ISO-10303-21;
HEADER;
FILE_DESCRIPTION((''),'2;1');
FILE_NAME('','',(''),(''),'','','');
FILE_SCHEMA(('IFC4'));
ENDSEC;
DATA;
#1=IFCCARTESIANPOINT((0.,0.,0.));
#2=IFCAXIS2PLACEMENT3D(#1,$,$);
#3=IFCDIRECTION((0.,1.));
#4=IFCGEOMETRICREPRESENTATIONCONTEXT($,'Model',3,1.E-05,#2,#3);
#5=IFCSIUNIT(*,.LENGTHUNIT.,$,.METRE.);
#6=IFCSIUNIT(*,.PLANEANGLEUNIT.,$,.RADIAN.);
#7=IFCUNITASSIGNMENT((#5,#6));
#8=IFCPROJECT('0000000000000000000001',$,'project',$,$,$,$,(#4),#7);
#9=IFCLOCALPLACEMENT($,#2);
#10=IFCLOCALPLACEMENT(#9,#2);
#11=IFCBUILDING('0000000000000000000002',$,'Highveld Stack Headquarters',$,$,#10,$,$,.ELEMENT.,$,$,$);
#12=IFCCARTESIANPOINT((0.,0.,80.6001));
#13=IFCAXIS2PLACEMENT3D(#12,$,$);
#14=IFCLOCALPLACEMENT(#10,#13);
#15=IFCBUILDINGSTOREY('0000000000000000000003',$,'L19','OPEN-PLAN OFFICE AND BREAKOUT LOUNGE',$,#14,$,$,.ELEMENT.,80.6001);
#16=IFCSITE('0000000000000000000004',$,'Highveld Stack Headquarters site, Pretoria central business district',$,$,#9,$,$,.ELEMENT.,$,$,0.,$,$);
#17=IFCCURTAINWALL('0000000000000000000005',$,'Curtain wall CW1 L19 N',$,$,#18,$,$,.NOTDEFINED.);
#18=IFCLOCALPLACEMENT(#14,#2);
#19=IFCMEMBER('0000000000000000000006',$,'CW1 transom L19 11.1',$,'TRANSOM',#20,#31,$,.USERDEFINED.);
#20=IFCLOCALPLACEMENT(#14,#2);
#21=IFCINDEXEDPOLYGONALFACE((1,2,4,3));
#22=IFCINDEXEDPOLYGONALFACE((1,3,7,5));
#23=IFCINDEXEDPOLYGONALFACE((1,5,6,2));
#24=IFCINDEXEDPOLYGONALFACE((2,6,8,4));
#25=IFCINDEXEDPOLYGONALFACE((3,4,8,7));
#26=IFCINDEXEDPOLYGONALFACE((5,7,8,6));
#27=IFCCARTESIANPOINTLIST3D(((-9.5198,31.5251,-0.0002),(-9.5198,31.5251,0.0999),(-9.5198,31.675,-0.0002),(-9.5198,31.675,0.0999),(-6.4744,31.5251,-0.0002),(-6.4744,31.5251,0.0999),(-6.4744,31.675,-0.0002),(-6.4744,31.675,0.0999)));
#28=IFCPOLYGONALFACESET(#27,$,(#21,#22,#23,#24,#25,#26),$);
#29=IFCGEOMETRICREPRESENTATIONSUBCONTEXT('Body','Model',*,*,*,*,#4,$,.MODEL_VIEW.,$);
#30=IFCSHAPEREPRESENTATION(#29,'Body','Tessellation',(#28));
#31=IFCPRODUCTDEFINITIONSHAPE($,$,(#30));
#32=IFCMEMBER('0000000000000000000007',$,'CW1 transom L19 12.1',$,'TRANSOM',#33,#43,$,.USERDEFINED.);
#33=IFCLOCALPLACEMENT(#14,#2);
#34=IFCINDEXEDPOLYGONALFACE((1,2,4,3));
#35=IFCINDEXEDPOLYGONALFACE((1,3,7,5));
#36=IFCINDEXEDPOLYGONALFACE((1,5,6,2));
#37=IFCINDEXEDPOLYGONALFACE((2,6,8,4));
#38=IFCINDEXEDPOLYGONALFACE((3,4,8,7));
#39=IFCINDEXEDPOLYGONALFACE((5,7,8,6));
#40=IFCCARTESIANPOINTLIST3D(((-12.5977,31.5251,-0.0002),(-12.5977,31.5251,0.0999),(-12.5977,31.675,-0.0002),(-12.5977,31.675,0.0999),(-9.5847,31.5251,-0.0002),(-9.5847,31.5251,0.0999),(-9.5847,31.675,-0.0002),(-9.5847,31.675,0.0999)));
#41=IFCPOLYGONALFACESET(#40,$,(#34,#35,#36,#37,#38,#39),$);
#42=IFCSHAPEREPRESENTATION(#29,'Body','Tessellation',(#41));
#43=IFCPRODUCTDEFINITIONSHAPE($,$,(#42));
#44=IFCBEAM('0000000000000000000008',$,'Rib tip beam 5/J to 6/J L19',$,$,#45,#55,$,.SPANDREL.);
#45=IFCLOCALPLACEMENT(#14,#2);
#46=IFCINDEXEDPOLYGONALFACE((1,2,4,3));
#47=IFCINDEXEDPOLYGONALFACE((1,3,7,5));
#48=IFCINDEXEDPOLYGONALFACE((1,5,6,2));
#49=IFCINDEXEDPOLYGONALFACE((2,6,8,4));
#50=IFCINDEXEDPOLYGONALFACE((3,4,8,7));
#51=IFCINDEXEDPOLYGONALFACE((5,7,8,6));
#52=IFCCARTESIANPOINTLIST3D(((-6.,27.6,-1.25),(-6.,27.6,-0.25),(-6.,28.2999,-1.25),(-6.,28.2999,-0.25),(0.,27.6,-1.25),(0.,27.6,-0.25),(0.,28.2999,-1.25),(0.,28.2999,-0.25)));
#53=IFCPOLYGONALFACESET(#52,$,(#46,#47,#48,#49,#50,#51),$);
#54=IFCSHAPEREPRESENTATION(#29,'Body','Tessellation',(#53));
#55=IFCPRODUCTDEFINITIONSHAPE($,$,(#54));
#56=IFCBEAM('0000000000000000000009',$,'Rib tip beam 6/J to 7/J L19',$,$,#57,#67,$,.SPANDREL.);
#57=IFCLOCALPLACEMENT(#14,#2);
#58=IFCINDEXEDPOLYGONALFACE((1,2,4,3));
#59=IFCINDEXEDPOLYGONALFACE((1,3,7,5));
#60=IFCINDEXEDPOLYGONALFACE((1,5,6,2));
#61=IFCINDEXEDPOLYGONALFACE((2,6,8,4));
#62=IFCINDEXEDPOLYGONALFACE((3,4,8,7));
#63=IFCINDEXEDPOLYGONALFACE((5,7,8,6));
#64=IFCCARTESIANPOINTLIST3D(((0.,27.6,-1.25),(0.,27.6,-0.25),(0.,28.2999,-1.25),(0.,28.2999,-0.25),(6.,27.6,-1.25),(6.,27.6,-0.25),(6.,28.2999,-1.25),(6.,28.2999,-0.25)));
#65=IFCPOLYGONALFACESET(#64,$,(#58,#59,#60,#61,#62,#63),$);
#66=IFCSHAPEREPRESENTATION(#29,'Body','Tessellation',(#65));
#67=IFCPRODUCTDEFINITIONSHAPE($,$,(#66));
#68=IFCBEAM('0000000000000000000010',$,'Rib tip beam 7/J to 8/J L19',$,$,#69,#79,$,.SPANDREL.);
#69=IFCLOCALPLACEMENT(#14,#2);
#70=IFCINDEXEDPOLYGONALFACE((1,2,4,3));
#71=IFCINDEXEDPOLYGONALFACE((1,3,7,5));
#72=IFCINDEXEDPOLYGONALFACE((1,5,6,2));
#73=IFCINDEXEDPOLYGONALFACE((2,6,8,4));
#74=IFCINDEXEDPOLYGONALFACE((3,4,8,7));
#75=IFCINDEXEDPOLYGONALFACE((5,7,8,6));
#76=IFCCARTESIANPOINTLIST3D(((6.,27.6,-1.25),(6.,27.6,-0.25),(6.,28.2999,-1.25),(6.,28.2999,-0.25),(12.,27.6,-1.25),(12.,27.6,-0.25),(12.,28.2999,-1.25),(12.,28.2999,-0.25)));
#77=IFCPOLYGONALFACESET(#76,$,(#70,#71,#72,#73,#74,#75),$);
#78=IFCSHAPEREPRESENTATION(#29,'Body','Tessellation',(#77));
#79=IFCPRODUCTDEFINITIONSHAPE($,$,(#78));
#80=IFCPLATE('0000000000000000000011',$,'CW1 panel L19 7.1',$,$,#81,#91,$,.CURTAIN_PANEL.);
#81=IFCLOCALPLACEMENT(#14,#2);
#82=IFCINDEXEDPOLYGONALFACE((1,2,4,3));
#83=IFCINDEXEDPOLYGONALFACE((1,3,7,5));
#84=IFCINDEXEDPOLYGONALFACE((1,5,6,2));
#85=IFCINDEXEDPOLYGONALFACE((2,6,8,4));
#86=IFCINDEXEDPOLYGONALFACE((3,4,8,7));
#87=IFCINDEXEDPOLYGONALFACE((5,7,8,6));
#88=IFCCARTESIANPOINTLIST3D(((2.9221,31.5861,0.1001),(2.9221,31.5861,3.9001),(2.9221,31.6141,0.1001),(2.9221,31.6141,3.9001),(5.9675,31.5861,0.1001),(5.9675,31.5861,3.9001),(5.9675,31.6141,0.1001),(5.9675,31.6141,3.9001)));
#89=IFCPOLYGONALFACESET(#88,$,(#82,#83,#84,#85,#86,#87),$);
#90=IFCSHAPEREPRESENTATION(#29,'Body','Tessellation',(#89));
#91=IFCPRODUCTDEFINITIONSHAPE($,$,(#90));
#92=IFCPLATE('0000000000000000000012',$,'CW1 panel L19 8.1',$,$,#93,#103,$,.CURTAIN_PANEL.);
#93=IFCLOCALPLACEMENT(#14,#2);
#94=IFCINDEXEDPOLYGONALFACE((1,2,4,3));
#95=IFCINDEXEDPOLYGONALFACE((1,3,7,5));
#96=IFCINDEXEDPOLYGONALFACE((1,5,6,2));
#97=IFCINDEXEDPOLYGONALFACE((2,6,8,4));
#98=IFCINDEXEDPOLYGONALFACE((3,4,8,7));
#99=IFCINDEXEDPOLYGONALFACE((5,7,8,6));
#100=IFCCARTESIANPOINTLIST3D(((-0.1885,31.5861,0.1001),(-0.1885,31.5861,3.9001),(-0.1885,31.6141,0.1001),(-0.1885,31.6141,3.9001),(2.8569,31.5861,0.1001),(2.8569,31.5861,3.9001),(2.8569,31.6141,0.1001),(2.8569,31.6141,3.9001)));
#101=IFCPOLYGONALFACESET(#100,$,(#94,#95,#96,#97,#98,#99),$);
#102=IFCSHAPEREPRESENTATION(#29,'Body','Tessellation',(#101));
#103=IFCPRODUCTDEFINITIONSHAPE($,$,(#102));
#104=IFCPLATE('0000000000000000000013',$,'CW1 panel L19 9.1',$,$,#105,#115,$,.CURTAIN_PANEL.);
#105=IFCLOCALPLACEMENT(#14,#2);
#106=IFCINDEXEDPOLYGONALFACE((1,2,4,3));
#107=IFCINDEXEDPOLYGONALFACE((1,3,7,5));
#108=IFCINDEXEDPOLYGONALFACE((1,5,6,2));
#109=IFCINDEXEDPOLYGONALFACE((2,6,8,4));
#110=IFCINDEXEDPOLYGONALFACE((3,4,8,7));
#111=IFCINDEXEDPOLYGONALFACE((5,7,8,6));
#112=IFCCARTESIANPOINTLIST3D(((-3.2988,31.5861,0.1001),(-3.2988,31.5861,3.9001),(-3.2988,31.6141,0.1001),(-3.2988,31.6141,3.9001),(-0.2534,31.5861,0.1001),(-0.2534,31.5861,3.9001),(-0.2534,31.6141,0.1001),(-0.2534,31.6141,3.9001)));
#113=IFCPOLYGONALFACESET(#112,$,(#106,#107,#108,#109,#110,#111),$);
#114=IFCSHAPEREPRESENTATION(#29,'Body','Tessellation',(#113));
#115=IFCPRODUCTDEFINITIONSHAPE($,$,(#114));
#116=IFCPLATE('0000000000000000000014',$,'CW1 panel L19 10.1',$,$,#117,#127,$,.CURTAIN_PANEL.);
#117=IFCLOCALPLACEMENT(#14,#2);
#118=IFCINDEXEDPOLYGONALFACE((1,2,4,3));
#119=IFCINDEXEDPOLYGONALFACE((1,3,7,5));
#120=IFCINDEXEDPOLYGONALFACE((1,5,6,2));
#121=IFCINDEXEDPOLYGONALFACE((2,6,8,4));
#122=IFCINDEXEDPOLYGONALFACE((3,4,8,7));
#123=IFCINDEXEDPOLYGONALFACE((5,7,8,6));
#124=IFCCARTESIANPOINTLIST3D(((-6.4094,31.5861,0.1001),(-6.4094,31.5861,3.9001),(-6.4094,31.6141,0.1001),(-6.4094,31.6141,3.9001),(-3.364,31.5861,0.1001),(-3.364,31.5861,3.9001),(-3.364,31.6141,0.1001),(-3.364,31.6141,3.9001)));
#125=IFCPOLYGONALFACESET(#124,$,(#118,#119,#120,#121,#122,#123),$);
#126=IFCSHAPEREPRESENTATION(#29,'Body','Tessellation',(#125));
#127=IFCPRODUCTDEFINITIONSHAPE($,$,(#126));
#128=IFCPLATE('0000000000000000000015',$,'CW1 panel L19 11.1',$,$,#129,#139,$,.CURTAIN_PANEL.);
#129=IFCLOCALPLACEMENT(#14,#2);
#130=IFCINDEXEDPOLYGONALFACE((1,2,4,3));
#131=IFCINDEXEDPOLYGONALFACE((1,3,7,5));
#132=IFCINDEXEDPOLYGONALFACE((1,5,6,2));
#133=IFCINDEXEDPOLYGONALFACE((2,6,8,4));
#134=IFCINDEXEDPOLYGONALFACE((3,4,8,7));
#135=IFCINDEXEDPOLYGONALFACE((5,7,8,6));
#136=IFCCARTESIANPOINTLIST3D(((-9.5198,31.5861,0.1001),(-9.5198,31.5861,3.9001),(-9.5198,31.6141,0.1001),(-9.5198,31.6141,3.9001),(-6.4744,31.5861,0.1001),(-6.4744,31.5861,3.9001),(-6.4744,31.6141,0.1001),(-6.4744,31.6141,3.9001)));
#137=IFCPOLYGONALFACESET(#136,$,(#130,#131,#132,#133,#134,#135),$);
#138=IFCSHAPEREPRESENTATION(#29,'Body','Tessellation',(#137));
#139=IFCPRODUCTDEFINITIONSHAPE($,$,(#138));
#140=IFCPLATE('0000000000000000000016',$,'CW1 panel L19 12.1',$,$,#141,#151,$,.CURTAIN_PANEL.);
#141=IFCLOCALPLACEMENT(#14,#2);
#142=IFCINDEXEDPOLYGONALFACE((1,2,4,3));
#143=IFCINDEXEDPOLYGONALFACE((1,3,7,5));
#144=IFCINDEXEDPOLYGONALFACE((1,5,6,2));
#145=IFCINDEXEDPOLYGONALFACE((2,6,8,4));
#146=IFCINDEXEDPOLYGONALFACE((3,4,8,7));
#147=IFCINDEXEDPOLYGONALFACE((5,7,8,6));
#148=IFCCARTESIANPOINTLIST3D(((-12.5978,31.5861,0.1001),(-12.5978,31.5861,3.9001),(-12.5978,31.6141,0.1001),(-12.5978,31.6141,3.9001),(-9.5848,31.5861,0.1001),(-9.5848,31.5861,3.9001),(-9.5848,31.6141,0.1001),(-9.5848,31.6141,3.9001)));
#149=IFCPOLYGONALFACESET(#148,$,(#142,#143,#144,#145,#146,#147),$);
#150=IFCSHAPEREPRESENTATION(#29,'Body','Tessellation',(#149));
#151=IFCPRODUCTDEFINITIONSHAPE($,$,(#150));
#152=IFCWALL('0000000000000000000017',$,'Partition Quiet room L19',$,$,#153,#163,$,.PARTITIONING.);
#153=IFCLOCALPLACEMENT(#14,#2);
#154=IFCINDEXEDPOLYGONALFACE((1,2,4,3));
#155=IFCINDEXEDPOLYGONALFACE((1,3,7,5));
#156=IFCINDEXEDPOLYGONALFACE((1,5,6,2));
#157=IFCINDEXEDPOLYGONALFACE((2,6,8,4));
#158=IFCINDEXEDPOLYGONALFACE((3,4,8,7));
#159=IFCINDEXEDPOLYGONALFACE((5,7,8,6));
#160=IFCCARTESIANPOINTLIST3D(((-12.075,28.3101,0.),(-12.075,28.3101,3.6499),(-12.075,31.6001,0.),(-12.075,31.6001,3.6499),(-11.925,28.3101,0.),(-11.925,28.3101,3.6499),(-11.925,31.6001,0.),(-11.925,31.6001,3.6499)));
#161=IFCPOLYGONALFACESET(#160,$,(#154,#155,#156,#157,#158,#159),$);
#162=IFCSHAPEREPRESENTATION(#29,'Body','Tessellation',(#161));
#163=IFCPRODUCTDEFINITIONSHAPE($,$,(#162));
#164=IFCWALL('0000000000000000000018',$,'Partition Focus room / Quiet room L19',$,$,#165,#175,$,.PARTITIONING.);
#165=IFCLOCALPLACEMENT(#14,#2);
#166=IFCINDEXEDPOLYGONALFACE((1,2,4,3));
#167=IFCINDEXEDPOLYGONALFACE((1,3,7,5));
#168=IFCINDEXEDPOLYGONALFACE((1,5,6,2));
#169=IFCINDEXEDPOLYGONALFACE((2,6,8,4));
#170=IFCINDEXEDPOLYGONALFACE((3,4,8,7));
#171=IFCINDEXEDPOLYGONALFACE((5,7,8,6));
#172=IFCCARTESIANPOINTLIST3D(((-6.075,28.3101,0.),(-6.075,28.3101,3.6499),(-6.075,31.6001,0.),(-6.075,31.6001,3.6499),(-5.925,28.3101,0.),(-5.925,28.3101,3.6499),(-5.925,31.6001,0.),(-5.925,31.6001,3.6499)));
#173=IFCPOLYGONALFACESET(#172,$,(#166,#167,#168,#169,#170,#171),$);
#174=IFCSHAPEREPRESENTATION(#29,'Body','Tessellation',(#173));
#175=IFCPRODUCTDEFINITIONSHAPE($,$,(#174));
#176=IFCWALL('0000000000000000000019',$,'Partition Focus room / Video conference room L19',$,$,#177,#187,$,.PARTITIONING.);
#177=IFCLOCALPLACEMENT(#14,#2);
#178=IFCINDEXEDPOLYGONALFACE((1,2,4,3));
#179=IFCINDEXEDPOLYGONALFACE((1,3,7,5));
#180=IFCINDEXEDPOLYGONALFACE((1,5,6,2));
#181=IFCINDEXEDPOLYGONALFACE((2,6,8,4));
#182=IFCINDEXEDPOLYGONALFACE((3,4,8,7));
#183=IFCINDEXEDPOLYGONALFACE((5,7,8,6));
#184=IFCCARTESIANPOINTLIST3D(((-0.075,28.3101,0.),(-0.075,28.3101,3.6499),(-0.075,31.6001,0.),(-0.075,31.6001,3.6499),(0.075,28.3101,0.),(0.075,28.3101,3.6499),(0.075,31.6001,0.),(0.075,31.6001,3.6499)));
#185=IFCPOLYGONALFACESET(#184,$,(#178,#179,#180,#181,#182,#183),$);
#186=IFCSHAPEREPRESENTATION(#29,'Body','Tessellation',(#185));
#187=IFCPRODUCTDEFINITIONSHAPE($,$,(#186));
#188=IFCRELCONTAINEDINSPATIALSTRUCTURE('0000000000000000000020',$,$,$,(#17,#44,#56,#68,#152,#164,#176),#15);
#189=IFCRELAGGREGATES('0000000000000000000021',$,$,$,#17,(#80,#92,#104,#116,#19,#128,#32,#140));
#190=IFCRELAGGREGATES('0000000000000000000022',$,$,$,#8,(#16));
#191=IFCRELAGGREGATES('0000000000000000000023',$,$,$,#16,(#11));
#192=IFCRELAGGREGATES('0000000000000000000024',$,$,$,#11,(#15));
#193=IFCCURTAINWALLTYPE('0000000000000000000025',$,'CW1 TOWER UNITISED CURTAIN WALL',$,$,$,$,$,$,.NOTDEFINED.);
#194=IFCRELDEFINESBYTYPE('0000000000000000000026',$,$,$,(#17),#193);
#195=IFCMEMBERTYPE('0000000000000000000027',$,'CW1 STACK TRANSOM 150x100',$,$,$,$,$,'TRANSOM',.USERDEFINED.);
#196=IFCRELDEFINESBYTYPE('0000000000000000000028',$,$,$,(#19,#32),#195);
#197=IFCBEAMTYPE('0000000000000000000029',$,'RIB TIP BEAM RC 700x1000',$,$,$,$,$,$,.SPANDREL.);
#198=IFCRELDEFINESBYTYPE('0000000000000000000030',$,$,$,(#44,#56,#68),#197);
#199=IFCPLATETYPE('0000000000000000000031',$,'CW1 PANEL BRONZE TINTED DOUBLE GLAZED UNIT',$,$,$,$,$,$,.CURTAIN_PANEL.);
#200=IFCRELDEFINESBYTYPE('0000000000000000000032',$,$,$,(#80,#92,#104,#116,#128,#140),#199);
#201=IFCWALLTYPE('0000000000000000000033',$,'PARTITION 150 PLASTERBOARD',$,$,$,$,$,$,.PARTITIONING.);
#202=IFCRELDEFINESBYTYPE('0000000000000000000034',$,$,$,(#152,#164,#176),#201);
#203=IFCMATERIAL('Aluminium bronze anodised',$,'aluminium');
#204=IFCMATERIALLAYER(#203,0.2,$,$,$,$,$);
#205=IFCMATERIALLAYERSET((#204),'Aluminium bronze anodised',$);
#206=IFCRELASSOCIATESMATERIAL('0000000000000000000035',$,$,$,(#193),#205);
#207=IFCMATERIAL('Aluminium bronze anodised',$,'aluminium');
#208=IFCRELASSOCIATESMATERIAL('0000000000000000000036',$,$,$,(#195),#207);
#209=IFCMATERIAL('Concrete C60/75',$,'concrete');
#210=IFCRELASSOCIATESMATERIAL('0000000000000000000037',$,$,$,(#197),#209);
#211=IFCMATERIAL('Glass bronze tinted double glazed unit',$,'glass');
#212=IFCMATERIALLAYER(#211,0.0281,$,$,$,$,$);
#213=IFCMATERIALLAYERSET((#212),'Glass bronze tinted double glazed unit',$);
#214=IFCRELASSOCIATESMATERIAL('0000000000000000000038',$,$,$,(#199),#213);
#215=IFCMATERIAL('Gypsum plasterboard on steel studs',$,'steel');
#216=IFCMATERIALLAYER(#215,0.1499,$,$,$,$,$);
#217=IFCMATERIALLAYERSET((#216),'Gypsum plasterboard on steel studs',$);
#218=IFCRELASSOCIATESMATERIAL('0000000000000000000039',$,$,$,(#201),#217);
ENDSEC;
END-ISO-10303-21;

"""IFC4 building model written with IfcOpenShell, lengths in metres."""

from ifc_helpers import new_model, si_unit, direction, frame, frame_2d, origin, origin_2d, place, context, subcontext, project, spatial, rectangle, extrude, material, layer, layer_set, material_profile, profile_set, type_object, element, aggregate, save


model = new_model("IFC4")

# Units and contexts
model_context = context("Model", 3, precision=1e-05, world=origin(), true_north=direction((0.0, 1.0)))
body_context = subcontext(model_context, "Body", "Model", "MODEL_VIEW")
ifc_project = project(units=[si_unit("LENGTHUNIT", "METRE"), si_unit("PLANEANGLEUNIT", "RADIAN")], contexts=[model_context])

# Site, building, storey
site_placement = place(None, origin())
site = spatial("IfcSite", under=ifc_project, at=site_placement, Name="Highveld Stack Headquarters site, Pretoria central business district", CompositionType="ELEMENT", RefElevation=0.0)
building_placement = place(site_placement, origin())
building = spatial("IfcBuilding", under=site, at=building_placement, Name="Highveld Stack Headquarters", CompositionType="ELEMENT")
storey_placement = place(building_placement, frame((0.0, 0.0, 80.6001)))
storey = spatial("IfcBuildingStorey", under=building, at=storey_placement, Name="L19", Description="OPEN-PLAN OFFICE AND BREAKOUT LOUNGE", CompositionType="ELEMENT", Elevation=80.6001)

# Curtain wall, members
ifc_material_1 = material(Name="Aluminium bronze anodised", Category="aluminium")
ifc_layer_1 = layer(ifc_material_1, 0.2)
ifc_layer_set_1 = layer_set([ifc_layer_1], Name="Aluminium bronze anodised")
curtain_wall_type = type_object("IfcCurtainWallType", Name="CW1 TOWER UNITISED CURTAIN WALL", PredefinedType="NOTDEFINED", material=ifc_layer_set_1)
curtain_wall_placement = place(storey_placement, origin())
curtain_wall = element("IfcCurtainWall", 1, at=curtain_wall_placement, inside=storey, type_object=curtain_wall_type, Name="Curtain wall CW1 L19 N", PredefinedType="NOTDEFINED")
ifc_material_2 = material(Name="Aluminium bronze anodised", Category="aluminium")
ifc_material_profile_1 = material_profile(ifc_material_2, rectangle(XDim=0.1499, YDim=0.1001, at=origin_2d()), Name="CW1 TRANSOM 150x100")
ifc_profile_set_1 = profile_set([ifc_material_profile_1], Name="Aluminium bronze anodised")
member_type_1 = type_object("IfcMemberType", Name="CW1 STACK TRANSOM 150x100", ElementType="TRANSOM", PredefinedType="USERDEFINED", material=ifc_profile_set_1)
member_1_placement = place(storey_placement, frame((-6.4744, 31.6001, 0.0498), z_axis=(-1.0, 0.0, 0.0), x_axis=(0.0, -1.0, 0.0)))
member_1 = element("IfcMember", 2, at=member_1_placement, type_object=member_type_1, Name="CW1 transom L19 11.1", ObjectType="TRANSOM", PredefinedType="USERDEFINED", context=body_context, shape_type="SweptSolid", body=[
    extrude(rectangle(XDim=0.1499, YDim=0.1001, at=origin_2d()), origin(), (0.0, 0.0, 1.0), 3.0454),
])
member_2_placement = place(storey_placement, frame((-9.5847, 31.6001, 0.0498), z_axis=(-1.0, 0.0, 0.0), x_axis=(0.0, -1.0, 0.0)))
member_2 = element("IfcMember", 3, at=member_2_placement, type_object=member_type_1, Name="CW1 transom L19 12.1", ObjectType="TRANSOM", PredefinedType="USERDEFINED", context=body_context, shape_type="SweptSolid", body=[
    extrude(rectangle(XDim=0.1499, YDim=0.1001, at=origin_2d()), origin(), (0.0, 0.0, 1.0), 3.0129),
])

# Beams
ifc_material_3 = material(Name="Concrete C60/75", Category="concrete")
ifc_material_profile_2 = material_profile(ifc_material_3, rectangle(XDim=0.7, YDim=1.0, at=origin_2d()), Name="RC 700x1000")
ifc_profile_set_2 = profile_set([ifc_material_profile_2], Name="Concrete C60/75")
beam_type = type_object("IfcBeamType", Name="RIB TIP BEAM RC 700x1000", PredefinedType="SPANDREL", material=ifc_profile_set_2)
for number, where, z_axis, x_axis, name in (
    (4, (-6.0, 27.95, -0.75), (1.0, 0.0, 0.0), (0.0, 1.0, 0.0), "Rib tip beam 5/J to 6/J L19"),
    (5, (0.0, 27.95, -0.75), (1.0, 0.0, 0.0), (0.0, 1.0, 0.0), "Rib tip beam 6/J to 7/J L19"),
    (6, (6.0, 27.95, -0.75), (1.0, 0.0, 0.0), (0.0, 1.0, 0.0), "Rib tip beam 7/J to 8/J L19"),
):
    element("IfcBeam", number, at=place(storey_placement, frame(where, z_axis=z_axis, x_axis=x_axis)), inside=storey, type_object=beam_type, Name=name, PredefinedType="SPANDREL", context=body_context, shape_type="SweptSolid", body=[
        extrude(rectangle(XDim=0.7, YDim=1.0, at=origin_2d()), origin(), (0.0, 0.0, 1.0), 6.0),
    ])

# Plates
ifc_material_4 = material(Name="Glass bronze tinted double glazed unit", Category="glass")
ifc_layer_2 = layer(ifc_material_4, 0.0281)
ifc_layer_set_2 = layer_set([ifc_layer_2], Name="Glass bronze tinted double glazed unit")
plate_type = type_object("IfcPlateType", Name="CW1 PANEL BRONZE TINTED DOUBLE GLAZED UNIT", PredefinedType="CURTAIN_PANEL", material=ifc_layer_set_2)
plate_1_placement = place(storey_placement, frame((4.4448, 31.6001, 0.1001), z_axis=(0.0, 0.0, 1.0), x_axis=(-1.0, 0.0, 0.0)))
plate_1 = element("IfcPlate", 7, at=plate_1_placement, type_object=plate_type, Name="CW1 panel L19 7.1", PredefinedType="CURTAIN_PANEL", context=body_context, shape_type="SweptSolid", body=[
    extrude(rectangle(XDim=3.0454, YDim=0.0281, at=origin_2d()), origin(), (0.0, 0.0, 1.0), 3.8),
])
plate_2_placement = place(storey_placement, frame((1.3342, 31.6001, 0.1001), z_axis=(0.0, 0.0, 1.0), x_axis=(-1.0, 0.0, 0.0)))
plate_2 = element("IfcPlate", 8, at=plate_2_placement, type_object=plate_type, Name="CW1 panel L19 8.1", PredefinedType="CURTAIN_PANEL", context=body_context, shape_type="SweptSolid", body=[
    extrude(rectangle(XDim=3.0454, YDim=0.0281, at=origin_2d()), origin(), (0.0, 0.0, 1.0), 3.8),
])
plate_3_placement = place(storey_placement, frame((-1.7761, 31.6001, 0.1001), z_axis=(0.0, 0.0, 1.0), x_axis=(-1.0, 0.0, 0.0)))
plate_3 = element("IfcPlate", 9, at=plate_3_placement, type_object=plate_type, Name="CW1 panel L19 9.1", PredefinedType="CURTAIN_PANEL", context=body_context, shape_type="SweptSolid", body=[
    extrude(rectangle(XDim=3.0454, YDim=0.0281, at=origin_2d()), origin(), (0.0, 0.0, 1.0), 3.8),
])
plate_4_placement = place(storey_placement, frame((-4.8867, 31.6001, 0.1001), z_axis=(0.0, 0.0, 1.0), x_axis=(-1.0, 0.0, 0.0)))
plate_4 = element("IfcPlate", 10, at=plate_4_placement, type_object=plate_type, Name="CW1 panel L19 10.1", PredefinedType="CURTAIN_PANEL", context=body_context, shape_type="SweptSolid", body=[
    extrude(rectangle(XDim=3.0454, YDim=0.0281, at=origin_2d()), origin(), (0.0, 0.0, 1.0), 3.8),
])
plate_5_placement = place(storey_placement, frame((-7.9971, 31.6001, 0.1001), z_axis=(0.0, 0.0, 1.0), x_axis=(-1.0, 0.0, 0.0)))
plate_5 = element("IfcPlate", 11, at=plate_5_placement, type_object=plate_type, Name="CW1 panel L19 11.1", PredefinedType="CURTAIN_PANEL", context=body_context, shape_type="SweptSolid", body=[
    extrude(rectangle(XDim=3.0454, YDim=0.0281, at=origin_2d()), origin(), (0.0, 0.0, 1.0), 3.8),
])
plate_6_placement = place(storey_placement, frame((-11.0913, 31.6001, 0.1001), z_axis=(0.0, 0.0, 1.0), x_axis=(-1.0, 0.0, 0.0)))
plate_6 = element("IfcPlate", 12, at=plate_6_placement, type_object=plate_type, Name="CW1 panel L19 12.1", PredefinedType="CURTAIN_PANEL", context=body_context, shape_type="SweptSolid", body=[
    extrude(rectangle(XDim=3.0129, YDim=0.0281, at=origin_2d()), origin(), (0.0, 0.0, 1.0), 3.8),
])
aggregate(curtain_wall, [plate_1, plate_2, plate_3, plate_4, member_1, plate_5, member_2, plate_6])

# Walls
ifc_material_5 = material(Name="Gypsum plasterboard on steel studs", Category="steel")
ifc_layer_3 = layer(ifc_material_5, 0.1499)
ifc_layer_set_3 = layer_set([ifc_layer_3], Name="Gypsum plasterboard on steel studs")
wall_type = type_object("IfcWallType", Name="PARTITION 150 PLASTERBOARD", PredefinedType="PARTITIONING", material=ifc_layer_set_3)
for number, where, z_axis, x_axis, name in (
    (13, (-12.0, 28.3101, 0.0), (0.0, 0.0, 1.0), (0.0, 1.0, 0.0), "Partition Quiet room L19"),
    (14, (-6.0, 28.3101, 0.0), (0.0, 0.0, 1.0), (0.0, 1.0, 0.0), "Partition Focus room / Quiet room L19"),
    (15, (0.0, 28.3101, 0.0), (0.0, 0.0, 1.0), (0.0, 1.0, 0.0), "Partition Focus room / Video conference room L19"),
):
    element("IfcWall", number, at=place(storey_placement, frame(where, z_axis=z_axis, x_axis=x_axis)), inside=storey, type_object=wall_type, Name=name, PredefinedType="PARTITIONING", context=body_context, shape_type="SweptSolid", body=[
        extrude(rectangle(XDim=3.29, YDim=0.1499, at=frame_2d((1.645, 0.0))), origin(), (0.0, 0.0, 1.0), 3.6499),
    ])

save(model, "model.ifc")
